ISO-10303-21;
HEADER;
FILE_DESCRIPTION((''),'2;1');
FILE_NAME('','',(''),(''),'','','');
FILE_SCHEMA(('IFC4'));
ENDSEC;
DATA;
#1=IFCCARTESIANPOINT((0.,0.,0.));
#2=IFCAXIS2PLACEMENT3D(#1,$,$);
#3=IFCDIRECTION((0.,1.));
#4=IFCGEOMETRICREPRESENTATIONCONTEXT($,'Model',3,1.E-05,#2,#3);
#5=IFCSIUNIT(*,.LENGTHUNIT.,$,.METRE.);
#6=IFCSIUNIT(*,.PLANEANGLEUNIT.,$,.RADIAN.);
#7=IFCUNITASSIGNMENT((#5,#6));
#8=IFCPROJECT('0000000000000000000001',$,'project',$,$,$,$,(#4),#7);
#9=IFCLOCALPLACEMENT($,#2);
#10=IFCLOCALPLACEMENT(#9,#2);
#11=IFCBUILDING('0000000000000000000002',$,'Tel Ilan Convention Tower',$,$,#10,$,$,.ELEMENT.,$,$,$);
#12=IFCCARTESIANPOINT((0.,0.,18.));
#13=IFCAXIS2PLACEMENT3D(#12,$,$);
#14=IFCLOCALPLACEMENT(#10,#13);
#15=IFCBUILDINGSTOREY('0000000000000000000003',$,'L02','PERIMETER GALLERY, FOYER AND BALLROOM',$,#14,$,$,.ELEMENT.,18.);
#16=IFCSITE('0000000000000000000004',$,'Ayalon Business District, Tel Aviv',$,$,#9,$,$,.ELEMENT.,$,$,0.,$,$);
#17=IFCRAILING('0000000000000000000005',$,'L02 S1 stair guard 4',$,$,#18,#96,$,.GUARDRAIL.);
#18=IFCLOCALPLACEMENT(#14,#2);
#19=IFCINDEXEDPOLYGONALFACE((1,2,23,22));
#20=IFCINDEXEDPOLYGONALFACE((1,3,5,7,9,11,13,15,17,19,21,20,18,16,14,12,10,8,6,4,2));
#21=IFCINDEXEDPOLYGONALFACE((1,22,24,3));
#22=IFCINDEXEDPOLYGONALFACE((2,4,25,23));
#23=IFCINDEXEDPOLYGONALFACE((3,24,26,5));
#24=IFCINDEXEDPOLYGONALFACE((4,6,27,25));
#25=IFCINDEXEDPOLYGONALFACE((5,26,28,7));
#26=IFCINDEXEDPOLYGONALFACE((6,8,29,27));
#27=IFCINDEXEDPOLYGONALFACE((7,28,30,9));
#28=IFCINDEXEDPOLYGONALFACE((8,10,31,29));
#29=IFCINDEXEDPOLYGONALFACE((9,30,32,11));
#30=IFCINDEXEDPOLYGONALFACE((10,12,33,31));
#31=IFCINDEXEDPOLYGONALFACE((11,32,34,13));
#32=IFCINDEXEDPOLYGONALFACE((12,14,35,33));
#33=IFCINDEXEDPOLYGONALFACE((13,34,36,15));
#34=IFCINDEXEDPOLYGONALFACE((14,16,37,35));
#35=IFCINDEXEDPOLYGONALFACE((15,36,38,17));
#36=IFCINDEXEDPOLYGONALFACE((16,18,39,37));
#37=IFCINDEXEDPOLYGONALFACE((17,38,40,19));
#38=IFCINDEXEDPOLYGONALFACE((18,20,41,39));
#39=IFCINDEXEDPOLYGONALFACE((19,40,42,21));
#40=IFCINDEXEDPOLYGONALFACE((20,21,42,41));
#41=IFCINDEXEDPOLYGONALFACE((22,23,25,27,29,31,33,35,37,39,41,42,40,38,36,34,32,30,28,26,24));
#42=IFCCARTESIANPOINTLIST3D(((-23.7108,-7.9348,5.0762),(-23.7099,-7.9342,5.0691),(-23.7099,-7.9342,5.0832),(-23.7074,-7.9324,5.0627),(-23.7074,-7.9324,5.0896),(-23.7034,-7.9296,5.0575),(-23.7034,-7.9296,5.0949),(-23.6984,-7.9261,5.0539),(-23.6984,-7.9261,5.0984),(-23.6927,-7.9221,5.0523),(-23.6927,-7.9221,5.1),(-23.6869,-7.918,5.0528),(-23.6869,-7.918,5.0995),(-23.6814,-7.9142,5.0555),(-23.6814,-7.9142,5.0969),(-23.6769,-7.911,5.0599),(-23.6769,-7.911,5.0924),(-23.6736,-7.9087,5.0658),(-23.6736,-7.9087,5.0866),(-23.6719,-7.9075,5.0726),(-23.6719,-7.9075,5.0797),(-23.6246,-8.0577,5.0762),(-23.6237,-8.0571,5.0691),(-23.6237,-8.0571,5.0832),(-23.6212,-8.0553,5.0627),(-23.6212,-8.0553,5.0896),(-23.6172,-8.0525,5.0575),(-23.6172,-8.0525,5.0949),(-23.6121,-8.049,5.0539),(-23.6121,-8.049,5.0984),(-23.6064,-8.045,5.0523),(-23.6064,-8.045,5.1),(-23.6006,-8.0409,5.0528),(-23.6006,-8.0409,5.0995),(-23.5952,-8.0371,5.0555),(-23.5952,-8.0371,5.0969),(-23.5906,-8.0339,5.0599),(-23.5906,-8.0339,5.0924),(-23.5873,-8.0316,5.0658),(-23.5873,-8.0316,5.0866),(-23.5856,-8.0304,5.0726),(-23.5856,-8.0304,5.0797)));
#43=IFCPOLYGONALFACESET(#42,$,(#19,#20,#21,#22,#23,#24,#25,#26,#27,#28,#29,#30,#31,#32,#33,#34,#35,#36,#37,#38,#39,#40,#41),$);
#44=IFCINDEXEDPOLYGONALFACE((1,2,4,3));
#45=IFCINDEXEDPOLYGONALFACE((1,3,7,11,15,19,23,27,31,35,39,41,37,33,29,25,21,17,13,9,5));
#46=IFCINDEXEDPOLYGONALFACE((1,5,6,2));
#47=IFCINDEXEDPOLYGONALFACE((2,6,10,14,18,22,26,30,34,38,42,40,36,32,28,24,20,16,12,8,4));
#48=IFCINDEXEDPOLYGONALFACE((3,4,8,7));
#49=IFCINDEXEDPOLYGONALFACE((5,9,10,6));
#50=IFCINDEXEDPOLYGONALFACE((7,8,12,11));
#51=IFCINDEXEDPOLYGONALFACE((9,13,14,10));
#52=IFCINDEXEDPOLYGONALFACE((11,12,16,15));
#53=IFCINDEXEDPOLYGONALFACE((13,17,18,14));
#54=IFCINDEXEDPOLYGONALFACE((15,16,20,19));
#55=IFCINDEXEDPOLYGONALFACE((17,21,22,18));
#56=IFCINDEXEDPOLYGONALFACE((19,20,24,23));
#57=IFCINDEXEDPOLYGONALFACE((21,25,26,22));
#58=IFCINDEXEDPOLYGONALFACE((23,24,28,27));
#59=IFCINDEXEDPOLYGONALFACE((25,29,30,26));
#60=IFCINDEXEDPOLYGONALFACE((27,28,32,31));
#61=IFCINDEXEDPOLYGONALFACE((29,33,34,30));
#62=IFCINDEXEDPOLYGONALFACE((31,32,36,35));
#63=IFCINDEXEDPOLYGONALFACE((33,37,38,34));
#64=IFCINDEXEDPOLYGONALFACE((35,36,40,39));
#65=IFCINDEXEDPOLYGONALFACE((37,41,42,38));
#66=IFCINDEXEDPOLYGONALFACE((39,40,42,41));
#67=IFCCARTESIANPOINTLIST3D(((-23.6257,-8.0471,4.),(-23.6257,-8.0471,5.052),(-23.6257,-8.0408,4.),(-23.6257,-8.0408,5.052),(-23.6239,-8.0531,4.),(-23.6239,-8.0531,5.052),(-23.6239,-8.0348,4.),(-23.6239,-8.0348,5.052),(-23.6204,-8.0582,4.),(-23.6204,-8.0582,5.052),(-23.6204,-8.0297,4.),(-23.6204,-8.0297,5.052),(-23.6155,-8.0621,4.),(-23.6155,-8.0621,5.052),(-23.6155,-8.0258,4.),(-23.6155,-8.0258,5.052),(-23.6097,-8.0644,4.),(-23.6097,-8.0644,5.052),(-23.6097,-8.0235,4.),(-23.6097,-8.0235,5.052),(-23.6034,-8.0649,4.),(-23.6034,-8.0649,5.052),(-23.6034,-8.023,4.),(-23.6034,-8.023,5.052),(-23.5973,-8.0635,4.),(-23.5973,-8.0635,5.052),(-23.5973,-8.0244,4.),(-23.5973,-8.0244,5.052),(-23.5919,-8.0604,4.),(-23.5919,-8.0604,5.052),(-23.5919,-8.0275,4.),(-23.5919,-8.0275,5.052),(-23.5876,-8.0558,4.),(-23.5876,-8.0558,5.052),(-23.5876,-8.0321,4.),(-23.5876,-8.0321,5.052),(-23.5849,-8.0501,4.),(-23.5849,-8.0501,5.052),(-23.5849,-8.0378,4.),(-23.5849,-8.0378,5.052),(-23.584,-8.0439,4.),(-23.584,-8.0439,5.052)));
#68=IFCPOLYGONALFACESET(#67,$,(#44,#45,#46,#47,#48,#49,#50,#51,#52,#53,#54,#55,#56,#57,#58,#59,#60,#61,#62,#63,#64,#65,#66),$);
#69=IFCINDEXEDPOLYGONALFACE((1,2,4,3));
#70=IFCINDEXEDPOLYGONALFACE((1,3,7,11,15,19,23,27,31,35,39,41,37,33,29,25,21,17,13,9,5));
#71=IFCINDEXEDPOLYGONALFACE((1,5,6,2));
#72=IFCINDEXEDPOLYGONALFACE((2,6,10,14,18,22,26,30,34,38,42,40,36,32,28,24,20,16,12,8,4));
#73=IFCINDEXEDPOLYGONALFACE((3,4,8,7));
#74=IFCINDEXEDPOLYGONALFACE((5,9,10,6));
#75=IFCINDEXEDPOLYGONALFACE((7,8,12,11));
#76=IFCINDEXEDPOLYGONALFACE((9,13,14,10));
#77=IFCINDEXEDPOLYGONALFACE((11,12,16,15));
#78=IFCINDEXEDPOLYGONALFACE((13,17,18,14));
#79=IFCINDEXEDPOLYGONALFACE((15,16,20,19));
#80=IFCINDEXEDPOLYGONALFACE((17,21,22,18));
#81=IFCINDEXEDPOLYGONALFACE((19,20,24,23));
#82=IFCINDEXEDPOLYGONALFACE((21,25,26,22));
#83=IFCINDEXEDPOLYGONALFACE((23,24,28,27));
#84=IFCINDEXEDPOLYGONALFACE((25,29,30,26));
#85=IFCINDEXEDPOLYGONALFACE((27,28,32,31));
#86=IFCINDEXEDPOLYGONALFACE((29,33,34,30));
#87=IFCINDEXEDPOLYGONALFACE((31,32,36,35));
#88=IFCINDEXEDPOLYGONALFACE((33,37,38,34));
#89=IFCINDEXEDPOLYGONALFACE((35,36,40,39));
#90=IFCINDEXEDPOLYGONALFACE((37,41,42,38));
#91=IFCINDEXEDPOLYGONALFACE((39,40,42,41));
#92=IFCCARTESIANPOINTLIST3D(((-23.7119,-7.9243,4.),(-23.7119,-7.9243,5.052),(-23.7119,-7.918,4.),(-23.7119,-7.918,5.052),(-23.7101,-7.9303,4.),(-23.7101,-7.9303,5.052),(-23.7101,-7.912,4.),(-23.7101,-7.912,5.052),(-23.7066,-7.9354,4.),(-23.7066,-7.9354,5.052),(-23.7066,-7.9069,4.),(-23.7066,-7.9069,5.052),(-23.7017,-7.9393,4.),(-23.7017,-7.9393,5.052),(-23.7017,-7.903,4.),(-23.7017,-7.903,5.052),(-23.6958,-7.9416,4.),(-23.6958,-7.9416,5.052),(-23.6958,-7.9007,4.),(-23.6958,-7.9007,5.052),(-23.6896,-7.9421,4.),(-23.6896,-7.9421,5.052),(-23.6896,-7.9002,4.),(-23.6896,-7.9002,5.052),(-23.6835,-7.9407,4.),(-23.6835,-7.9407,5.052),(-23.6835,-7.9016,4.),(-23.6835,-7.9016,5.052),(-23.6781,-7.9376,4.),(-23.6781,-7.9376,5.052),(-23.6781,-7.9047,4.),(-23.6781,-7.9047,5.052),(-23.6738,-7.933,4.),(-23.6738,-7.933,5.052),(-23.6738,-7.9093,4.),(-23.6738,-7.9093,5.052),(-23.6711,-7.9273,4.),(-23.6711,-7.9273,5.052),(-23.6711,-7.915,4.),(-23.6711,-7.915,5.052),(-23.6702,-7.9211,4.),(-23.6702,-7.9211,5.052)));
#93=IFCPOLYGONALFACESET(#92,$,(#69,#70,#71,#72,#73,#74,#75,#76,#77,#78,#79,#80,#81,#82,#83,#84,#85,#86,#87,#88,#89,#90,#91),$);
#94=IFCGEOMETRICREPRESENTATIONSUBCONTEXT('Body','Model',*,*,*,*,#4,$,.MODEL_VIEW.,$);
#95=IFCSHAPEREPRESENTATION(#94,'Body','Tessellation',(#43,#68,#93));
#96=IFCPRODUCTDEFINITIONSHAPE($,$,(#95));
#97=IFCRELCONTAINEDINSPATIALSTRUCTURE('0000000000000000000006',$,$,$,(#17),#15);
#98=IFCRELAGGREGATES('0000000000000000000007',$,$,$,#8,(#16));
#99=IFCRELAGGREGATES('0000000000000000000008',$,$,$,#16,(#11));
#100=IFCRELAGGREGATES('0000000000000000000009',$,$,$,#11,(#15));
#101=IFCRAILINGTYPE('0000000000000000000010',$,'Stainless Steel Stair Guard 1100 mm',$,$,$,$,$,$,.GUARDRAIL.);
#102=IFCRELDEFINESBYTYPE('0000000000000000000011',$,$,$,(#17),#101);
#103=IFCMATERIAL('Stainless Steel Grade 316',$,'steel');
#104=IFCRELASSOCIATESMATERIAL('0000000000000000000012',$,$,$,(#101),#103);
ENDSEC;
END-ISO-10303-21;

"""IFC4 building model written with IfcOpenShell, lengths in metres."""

from ifc_helpers import new_model, si_unit, direction, frame, origin, origin_2d, place, context, subcontext, project, spatial, circle, extrude, material, type_object, element, save


model = new_model("IFC4")

# Units and contexts
model_context = context("Model", 3, precision=1e-05, world=origin(), true_north=direction((0.0, 1.0)))
body_context = subcontext(model_context, "Body", "Model", "MODEL_VIEW")
ifc_project = project(units=[si_unit("LENGTHUNIT", "METRE"), si_unit("PLANEANGLEUNIT", "RADIAN")], contexts=[model_context])

# Site, building, storey
site_placement = place(None, origin())
site = spatial("IfcSite", under=ifc_project, at=site_placement, Name="Ayalon Business District, Tel Aviv", CompositionType="ELEMENT", RefElevation=0.0)
building_placement = place(site_placement, origin())
building = spatial("IfcBuilding", under=site, at=building_placement, Name="Tel Ilan Convention Tower", CompositionType="ELEMENT")
storey_placement = place(building_placement, frame((0.0, 0.0, 18.0)))
storey = spatial("IfcBuildingStorey", under=building, at=storey_placement, Name="L02", Description="PERIMETER GALLERY, FOYER AND BALLROOM", CompositionType="ELEMENT", Elevation=18.0)

# Railing
ifc_material_1 = material(Name="Stainless Steel Grade 316", Category="steel")
railing_type = type_object("IfcRailingType", Name="Stainless Steel Stair Guard 1100 mm", PredefinedType="GUARDRAIL", material=ifc_material_1)
railing_1_placement = place(storey_placement, frame((-23.605, -8.0439, 4.0)))
element("IfcRailing", 1, at=railing_1_placement, inside=storey, type_object=railing_type, Name="L02 S1 stair guard 4", PredefinedType="GUARDRAIL", context=body_context, shape_type="SweptSolid", body=[
    extrude(circle(Radius=0.0239, at=origin_2d()), frame((0.0, 0.0, 1.0762), z_axis=(-0.574445, 0.818543, 0.0), x_axis=(-0.818543, -0.574445, 0.0)), (0.0, 0.0, 1.0), 0.1501),
    extrude(circle(Radius=0.021, at=origin_2d()), origin(), (0.0, 0.0, 1.0), 1.052),
    extrude(circle(Radius=0.021, at=origin_2d()), frame((-0.0862, 0.1228, 0.0)), (0.0, 0.0, 1.0), 1.052),
])

save(model, "model.ifc")
